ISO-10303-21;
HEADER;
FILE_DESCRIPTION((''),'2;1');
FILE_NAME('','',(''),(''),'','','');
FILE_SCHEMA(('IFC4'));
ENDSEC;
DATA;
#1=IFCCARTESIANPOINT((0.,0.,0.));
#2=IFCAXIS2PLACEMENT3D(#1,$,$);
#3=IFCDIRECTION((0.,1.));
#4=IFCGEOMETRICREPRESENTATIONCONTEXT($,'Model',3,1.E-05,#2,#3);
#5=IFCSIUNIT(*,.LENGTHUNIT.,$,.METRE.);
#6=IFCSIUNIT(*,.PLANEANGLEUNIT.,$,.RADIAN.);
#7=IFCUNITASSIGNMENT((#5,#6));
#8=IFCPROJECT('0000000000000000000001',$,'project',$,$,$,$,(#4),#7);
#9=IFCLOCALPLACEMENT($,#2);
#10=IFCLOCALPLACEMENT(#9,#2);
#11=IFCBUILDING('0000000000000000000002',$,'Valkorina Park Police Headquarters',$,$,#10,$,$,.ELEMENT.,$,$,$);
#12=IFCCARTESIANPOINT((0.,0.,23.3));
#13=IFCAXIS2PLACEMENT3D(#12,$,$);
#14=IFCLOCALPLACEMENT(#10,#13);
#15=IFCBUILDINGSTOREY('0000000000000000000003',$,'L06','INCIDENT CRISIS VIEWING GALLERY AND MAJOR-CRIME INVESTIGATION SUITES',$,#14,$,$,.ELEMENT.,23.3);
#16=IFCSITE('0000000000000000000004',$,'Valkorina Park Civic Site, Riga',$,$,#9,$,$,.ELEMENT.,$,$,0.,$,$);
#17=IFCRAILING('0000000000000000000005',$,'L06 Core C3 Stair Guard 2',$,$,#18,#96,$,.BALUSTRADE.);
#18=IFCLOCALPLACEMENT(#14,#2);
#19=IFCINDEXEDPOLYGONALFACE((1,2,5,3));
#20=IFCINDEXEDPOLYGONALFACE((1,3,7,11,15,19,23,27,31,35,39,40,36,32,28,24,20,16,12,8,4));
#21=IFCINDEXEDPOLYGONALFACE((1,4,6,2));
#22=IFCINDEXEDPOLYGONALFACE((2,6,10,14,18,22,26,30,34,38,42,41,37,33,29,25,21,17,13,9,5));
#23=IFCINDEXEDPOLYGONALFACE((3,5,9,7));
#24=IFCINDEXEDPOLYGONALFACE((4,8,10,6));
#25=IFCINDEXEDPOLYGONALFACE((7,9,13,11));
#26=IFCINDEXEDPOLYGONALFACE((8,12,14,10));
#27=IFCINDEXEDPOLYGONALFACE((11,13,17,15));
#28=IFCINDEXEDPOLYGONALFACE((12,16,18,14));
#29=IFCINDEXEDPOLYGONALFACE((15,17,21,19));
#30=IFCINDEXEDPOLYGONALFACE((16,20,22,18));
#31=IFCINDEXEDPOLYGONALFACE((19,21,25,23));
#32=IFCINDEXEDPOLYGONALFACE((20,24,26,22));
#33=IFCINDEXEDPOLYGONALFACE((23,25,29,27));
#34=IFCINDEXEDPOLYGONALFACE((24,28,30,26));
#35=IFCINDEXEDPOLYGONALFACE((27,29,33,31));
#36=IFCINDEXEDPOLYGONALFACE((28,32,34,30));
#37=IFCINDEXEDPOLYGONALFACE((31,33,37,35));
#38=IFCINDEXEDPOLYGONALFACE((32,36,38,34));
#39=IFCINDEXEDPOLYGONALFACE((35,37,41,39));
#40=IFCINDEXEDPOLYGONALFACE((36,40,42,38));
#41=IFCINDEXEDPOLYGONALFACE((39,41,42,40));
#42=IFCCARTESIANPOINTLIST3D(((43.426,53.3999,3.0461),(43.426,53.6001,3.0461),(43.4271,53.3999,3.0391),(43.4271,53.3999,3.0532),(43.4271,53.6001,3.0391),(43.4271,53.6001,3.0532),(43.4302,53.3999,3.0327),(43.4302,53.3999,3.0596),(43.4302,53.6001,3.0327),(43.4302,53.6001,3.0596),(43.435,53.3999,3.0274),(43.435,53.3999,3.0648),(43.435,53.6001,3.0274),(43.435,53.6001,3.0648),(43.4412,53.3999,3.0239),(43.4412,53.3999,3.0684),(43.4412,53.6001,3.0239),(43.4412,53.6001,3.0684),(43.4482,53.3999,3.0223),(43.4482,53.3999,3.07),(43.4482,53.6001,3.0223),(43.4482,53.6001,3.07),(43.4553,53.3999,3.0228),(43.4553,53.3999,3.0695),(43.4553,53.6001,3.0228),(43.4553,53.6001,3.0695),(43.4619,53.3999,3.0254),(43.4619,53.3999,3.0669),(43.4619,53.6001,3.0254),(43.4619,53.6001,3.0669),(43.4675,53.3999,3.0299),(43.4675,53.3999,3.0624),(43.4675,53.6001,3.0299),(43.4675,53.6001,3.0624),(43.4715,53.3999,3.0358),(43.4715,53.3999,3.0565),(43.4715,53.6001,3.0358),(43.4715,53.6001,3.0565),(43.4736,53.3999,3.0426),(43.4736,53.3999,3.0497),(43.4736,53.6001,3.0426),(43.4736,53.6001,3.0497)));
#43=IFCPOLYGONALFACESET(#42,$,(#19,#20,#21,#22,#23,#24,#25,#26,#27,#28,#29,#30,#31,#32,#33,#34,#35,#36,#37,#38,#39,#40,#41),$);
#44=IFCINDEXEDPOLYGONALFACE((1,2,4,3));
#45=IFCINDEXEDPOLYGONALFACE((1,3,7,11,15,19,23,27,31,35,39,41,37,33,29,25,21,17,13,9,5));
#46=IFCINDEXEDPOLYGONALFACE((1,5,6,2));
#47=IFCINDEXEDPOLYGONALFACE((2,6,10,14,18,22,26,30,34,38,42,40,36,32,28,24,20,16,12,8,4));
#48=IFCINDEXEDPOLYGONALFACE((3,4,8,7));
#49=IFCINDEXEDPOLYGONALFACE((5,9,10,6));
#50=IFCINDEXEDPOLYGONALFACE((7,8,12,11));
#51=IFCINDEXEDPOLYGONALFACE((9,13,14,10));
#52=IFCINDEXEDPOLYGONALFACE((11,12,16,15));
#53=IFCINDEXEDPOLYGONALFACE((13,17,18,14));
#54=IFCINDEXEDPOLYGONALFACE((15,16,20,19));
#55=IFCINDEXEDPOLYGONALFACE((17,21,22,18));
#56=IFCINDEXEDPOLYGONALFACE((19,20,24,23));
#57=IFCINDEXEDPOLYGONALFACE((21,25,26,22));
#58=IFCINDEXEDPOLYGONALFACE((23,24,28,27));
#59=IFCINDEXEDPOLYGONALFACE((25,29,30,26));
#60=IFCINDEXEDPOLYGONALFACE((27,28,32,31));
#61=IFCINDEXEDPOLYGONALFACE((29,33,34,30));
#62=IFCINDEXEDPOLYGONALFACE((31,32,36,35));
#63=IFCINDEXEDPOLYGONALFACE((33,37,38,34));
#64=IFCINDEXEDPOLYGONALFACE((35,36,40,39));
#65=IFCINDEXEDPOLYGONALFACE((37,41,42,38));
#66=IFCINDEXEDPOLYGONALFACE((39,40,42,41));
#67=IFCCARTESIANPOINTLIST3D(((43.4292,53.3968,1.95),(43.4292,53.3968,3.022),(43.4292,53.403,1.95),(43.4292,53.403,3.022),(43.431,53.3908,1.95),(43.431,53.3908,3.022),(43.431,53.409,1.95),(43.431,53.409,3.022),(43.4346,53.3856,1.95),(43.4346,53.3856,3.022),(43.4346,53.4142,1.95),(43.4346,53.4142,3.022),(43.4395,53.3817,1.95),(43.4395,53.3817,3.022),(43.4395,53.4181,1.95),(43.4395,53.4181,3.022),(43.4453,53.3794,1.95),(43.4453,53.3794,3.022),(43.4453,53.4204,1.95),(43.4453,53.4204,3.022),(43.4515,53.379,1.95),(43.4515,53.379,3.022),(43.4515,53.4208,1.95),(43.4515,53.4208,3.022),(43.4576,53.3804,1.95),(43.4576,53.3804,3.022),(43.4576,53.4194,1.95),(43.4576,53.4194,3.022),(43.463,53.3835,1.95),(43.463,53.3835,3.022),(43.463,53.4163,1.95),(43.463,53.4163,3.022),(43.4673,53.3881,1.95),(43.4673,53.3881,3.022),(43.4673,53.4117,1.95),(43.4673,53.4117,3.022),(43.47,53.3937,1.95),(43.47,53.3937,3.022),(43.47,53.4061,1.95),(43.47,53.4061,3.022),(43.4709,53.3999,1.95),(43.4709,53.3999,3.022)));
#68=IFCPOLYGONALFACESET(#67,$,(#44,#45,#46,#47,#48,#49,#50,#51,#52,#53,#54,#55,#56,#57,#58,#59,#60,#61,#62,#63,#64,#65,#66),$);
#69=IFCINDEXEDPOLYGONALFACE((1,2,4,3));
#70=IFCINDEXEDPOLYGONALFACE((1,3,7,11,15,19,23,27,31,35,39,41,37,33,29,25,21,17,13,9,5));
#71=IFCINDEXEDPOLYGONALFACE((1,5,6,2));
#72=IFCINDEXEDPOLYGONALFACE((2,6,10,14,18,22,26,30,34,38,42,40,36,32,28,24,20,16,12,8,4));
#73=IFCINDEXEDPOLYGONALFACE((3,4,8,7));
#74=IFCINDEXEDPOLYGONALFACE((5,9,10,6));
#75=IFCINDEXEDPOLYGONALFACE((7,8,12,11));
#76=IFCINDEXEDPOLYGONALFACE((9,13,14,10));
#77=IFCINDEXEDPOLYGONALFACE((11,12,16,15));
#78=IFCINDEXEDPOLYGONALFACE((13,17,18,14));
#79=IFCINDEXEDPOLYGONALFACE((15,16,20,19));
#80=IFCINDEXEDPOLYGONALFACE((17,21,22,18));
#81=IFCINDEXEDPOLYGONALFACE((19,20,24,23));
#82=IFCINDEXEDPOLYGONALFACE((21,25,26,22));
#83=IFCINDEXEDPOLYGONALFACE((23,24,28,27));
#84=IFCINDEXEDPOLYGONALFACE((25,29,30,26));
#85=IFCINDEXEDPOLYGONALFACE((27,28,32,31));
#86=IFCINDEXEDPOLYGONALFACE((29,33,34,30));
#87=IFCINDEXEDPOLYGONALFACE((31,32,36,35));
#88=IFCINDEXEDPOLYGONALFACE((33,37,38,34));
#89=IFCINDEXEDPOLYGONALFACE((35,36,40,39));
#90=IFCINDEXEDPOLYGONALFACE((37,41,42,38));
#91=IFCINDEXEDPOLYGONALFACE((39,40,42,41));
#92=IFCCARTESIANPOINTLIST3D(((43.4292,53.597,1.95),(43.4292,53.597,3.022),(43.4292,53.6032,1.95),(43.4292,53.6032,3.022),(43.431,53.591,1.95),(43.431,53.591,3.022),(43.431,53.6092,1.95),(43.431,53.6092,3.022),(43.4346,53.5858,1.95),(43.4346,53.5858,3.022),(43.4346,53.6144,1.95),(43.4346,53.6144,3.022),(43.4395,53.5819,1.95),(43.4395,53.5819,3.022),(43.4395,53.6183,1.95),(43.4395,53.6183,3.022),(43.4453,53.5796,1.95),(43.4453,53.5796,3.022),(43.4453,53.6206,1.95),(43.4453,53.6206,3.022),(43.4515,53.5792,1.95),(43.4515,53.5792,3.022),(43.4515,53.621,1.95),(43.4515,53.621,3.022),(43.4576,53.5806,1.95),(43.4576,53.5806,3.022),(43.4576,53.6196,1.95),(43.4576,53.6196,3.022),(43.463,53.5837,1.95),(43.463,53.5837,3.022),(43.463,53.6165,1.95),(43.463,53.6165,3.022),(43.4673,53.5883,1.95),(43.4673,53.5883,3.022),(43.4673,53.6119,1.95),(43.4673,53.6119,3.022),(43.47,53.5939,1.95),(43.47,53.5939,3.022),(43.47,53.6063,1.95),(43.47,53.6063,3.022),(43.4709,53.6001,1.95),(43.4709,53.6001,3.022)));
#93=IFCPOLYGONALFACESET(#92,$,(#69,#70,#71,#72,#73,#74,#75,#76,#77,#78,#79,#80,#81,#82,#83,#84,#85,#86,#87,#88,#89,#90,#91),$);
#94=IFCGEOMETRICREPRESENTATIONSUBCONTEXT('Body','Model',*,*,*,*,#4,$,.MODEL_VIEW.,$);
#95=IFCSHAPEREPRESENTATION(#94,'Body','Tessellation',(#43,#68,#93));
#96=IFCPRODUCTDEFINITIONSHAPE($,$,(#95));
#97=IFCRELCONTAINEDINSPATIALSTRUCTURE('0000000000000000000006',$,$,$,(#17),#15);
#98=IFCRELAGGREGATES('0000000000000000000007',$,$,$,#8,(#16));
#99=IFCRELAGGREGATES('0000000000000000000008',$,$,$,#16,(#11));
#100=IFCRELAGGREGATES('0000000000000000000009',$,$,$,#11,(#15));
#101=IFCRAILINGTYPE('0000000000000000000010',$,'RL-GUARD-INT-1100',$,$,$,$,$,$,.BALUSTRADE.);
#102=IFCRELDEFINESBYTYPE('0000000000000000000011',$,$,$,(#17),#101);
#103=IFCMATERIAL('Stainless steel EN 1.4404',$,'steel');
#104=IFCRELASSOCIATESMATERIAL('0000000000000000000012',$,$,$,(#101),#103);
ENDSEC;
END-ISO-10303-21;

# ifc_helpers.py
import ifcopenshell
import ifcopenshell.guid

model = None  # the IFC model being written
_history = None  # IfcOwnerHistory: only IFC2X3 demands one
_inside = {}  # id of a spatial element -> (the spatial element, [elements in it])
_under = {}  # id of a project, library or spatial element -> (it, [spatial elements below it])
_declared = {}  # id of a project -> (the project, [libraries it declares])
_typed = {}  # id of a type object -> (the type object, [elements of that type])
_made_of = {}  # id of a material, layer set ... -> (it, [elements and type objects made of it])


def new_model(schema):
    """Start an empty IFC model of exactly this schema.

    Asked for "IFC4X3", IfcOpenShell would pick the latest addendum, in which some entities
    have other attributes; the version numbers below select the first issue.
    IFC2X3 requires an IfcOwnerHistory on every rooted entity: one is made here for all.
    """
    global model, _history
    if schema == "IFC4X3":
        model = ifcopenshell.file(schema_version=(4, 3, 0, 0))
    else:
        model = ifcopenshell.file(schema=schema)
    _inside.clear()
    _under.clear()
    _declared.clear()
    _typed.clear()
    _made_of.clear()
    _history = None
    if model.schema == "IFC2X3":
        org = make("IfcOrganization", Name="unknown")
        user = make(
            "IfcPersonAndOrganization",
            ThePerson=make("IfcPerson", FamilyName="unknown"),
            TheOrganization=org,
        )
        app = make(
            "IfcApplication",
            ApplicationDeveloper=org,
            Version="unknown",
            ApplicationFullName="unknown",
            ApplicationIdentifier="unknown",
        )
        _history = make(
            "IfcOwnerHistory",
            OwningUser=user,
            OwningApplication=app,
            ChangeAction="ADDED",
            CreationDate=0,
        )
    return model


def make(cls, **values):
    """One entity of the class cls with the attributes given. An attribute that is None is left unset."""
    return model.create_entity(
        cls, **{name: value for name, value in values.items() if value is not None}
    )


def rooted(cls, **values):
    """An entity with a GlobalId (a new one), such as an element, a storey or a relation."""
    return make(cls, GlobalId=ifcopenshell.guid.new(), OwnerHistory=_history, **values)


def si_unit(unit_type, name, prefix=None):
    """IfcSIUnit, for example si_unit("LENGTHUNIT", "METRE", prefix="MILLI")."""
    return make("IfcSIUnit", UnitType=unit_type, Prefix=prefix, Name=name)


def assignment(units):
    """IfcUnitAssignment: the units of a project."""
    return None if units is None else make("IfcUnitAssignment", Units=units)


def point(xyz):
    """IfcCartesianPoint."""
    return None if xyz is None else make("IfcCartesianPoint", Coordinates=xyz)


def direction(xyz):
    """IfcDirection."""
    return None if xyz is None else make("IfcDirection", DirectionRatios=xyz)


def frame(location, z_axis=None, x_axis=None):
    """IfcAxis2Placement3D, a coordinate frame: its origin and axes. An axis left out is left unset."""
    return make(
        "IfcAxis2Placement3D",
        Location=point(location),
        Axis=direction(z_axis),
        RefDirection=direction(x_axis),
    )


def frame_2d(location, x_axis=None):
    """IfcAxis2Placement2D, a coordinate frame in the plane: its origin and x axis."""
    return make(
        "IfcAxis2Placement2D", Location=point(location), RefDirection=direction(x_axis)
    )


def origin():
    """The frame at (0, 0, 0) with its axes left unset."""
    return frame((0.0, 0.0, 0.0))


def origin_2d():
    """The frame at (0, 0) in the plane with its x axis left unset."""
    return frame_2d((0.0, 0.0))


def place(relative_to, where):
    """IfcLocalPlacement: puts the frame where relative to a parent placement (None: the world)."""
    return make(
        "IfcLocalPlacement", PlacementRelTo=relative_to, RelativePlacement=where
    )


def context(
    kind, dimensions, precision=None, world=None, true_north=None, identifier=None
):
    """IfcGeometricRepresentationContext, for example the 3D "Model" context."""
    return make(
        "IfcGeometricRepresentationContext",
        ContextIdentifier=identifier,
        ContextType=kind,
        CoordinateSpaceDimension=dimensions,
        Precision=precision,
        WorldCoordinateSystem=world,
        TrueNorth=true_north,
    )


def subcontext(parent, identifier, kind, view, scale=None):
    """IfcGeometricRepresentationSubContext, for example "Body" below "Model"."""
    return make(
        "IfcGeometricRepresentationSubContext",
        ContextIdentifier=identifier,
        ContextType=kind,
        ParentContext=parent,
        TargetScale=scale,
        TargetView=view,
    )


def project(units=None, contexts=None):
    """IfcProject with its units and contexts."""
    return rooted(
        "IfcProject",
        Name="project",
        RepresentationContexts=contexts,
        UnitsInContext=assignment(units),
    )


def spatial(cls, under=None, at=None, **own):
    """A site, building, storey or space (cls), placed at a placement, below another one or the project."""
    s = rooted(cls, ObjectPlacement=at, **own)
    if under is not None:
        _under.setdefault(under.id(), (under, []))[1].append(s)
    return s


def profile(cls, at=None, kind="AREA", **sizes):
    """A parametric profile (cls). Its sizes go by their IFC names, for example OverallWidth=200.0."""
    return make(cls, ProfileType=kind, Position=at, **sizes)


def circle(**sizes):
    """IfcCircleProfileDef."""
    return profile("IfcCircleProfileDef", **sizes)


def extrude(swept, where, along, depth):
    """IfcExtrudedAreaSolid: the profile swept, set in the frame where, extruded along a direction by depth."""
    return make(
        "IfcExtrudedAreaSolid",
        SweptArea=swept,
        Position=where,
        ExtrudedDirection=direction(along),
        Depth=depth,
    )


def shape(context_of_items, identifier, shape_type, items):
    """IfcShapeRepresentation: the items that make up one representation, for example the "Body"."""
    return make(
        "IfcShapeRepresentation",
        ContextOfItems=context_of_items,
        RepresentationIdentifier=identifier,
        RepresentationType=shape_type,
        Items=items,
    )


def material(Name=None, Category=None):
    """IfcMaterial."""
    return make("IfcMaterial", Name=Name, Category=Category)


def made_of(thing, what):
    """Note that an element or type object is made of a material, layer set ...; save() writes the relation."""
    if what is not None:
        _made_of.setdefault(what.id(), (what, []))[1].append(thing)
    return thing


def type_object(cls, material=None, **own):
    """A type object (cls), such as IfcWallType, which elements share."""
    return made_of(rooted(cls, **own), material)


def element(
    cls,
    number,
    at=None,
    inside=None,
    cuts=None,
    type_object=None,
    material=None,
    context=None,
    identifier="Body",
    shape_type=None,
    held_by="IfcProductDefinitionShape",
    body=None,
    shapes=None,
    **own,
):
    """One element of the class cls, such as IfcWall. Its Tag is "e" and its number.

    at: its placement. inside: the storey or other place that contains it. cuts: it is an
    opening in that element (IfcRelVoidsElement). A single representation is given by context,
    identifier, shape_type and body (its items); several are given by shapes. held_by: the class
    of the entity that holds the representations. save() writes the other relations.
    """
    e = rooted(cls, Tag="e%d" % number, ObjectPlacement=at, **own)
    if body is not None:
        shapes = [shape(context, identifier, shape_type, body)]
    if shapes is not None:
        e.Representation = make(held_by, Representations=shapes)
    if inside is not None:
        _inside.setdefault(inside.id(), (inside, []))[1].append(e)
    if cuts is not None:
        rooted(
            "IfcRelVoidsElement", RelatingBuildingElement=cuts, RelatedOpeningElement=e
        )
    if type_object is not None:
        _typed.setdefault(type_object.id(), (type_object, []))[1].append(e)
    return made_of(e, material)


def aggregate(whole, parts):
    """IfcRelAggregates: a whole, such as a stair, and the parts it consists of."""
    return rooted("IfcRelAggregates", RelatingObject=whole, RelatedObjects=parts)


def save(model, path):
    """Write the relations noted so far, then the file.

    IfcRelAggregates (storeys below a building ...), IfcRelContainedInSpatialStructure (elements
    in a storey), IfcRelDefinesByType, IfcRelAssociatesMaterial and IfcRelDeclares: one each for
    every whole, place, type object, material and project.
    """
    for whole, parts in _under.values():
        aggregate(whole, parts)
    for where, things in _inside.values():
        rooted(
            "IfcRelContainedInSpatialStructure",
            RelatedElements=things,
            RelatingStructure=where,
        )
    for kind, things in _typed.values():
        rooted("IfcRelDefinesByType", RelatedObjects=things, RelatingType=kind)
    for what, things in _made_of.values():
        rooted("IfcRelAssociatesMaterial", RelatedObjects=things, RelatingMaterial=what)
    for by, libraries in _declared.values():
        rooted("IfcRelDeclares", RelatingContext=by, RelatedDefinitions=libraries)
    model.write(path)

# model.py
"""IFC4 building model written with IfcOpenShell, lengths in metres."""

from ifc_helpers import new_model, si_unit, direction, frame, origin, origin_2d, place, context, subcontext, project, spatial, circle, extrude, material, type_object, element, save


model = new_model("IFC4")

# Units and contexts
model_context = context("Model", 3, precision=1e-05, world=origin(), true_north=direction((0.0, 1.0)))
body_context = subcontext(model_context, "Body", "Model", "MODEL_VIEW")
ifc_project = project(units=[si_unit("LENGTHUNIT", "METRE"), si_unit("PLANEANGLEUNIT", "RADIAN")], contexts=[model_context])

# Site, building, storey
site_placement = place(None, origin())
site = spatial("IfcSite", under=ifc_project, at=site_placement, Name="Valkorina Park Civic Site, Riga", CompositionType="ELEMENT", RefElevation=0.0)
building_placement = place(site_placement, origin())
building = spatial("IfcBuilding", under=site, at=building_placement, Name="Valkorina Park Police Headquarters", CompositionType="ELEMENT")
storey_placement = place(building_placement, frame((0.0, 0.0, 23.3)))
storey = spatial("IfcBuildingStorey", under=building, at=storey_placement, Name="L06", Description="INCIDENT CRISIS VIEWING GALLERY AND MAJOR-CRIME INVESTIGATION SUITES", CompositionType="ELEMENT", Elevation=23.3)

# Railing
ifc_material_1 = material(Name="Stainless steel EN 1.4404", Category="steel")
railing_type_1 = type_object("IfcRailingType", Name="RL-GUARD-INT-1100", PredefinedType="BALUSTRADE", material=ifc_material_1)
railing_1_placement = place(storey_placement, frame((43.45, 53.3999, 1.95)))
element("IfcRailing", 1, at=railing_1_placement, inside=storey, type_object=railing_type_1, Name="L06 Core C3 Stair Guard 2", PredefinedType="BALUSTRADE", context=body_context, shape_type="SweptSolid", body=[
    extrude(circle(Radius=0.0239, at=origin_2d()), frame((0.0, 0.0, 1.0962), z_axis=(0.0, 1.0, 0.0), x_axis=(-1.0, 0.0, 0.0)), (0.0, 0.0, 1.0), 0.2002),
    extrude(circle(Radius=0.021, at=origin_2d()), origin(), (0.0, 0.0, 1.0), 1.072),
    extrude(circle(Radius=0.021, at=origin_2d()), frame((0.0, 0.2002, 0.0)), (0.0, 0.0, 1.0), 1.072),
])

save(model, "model.ifc")
